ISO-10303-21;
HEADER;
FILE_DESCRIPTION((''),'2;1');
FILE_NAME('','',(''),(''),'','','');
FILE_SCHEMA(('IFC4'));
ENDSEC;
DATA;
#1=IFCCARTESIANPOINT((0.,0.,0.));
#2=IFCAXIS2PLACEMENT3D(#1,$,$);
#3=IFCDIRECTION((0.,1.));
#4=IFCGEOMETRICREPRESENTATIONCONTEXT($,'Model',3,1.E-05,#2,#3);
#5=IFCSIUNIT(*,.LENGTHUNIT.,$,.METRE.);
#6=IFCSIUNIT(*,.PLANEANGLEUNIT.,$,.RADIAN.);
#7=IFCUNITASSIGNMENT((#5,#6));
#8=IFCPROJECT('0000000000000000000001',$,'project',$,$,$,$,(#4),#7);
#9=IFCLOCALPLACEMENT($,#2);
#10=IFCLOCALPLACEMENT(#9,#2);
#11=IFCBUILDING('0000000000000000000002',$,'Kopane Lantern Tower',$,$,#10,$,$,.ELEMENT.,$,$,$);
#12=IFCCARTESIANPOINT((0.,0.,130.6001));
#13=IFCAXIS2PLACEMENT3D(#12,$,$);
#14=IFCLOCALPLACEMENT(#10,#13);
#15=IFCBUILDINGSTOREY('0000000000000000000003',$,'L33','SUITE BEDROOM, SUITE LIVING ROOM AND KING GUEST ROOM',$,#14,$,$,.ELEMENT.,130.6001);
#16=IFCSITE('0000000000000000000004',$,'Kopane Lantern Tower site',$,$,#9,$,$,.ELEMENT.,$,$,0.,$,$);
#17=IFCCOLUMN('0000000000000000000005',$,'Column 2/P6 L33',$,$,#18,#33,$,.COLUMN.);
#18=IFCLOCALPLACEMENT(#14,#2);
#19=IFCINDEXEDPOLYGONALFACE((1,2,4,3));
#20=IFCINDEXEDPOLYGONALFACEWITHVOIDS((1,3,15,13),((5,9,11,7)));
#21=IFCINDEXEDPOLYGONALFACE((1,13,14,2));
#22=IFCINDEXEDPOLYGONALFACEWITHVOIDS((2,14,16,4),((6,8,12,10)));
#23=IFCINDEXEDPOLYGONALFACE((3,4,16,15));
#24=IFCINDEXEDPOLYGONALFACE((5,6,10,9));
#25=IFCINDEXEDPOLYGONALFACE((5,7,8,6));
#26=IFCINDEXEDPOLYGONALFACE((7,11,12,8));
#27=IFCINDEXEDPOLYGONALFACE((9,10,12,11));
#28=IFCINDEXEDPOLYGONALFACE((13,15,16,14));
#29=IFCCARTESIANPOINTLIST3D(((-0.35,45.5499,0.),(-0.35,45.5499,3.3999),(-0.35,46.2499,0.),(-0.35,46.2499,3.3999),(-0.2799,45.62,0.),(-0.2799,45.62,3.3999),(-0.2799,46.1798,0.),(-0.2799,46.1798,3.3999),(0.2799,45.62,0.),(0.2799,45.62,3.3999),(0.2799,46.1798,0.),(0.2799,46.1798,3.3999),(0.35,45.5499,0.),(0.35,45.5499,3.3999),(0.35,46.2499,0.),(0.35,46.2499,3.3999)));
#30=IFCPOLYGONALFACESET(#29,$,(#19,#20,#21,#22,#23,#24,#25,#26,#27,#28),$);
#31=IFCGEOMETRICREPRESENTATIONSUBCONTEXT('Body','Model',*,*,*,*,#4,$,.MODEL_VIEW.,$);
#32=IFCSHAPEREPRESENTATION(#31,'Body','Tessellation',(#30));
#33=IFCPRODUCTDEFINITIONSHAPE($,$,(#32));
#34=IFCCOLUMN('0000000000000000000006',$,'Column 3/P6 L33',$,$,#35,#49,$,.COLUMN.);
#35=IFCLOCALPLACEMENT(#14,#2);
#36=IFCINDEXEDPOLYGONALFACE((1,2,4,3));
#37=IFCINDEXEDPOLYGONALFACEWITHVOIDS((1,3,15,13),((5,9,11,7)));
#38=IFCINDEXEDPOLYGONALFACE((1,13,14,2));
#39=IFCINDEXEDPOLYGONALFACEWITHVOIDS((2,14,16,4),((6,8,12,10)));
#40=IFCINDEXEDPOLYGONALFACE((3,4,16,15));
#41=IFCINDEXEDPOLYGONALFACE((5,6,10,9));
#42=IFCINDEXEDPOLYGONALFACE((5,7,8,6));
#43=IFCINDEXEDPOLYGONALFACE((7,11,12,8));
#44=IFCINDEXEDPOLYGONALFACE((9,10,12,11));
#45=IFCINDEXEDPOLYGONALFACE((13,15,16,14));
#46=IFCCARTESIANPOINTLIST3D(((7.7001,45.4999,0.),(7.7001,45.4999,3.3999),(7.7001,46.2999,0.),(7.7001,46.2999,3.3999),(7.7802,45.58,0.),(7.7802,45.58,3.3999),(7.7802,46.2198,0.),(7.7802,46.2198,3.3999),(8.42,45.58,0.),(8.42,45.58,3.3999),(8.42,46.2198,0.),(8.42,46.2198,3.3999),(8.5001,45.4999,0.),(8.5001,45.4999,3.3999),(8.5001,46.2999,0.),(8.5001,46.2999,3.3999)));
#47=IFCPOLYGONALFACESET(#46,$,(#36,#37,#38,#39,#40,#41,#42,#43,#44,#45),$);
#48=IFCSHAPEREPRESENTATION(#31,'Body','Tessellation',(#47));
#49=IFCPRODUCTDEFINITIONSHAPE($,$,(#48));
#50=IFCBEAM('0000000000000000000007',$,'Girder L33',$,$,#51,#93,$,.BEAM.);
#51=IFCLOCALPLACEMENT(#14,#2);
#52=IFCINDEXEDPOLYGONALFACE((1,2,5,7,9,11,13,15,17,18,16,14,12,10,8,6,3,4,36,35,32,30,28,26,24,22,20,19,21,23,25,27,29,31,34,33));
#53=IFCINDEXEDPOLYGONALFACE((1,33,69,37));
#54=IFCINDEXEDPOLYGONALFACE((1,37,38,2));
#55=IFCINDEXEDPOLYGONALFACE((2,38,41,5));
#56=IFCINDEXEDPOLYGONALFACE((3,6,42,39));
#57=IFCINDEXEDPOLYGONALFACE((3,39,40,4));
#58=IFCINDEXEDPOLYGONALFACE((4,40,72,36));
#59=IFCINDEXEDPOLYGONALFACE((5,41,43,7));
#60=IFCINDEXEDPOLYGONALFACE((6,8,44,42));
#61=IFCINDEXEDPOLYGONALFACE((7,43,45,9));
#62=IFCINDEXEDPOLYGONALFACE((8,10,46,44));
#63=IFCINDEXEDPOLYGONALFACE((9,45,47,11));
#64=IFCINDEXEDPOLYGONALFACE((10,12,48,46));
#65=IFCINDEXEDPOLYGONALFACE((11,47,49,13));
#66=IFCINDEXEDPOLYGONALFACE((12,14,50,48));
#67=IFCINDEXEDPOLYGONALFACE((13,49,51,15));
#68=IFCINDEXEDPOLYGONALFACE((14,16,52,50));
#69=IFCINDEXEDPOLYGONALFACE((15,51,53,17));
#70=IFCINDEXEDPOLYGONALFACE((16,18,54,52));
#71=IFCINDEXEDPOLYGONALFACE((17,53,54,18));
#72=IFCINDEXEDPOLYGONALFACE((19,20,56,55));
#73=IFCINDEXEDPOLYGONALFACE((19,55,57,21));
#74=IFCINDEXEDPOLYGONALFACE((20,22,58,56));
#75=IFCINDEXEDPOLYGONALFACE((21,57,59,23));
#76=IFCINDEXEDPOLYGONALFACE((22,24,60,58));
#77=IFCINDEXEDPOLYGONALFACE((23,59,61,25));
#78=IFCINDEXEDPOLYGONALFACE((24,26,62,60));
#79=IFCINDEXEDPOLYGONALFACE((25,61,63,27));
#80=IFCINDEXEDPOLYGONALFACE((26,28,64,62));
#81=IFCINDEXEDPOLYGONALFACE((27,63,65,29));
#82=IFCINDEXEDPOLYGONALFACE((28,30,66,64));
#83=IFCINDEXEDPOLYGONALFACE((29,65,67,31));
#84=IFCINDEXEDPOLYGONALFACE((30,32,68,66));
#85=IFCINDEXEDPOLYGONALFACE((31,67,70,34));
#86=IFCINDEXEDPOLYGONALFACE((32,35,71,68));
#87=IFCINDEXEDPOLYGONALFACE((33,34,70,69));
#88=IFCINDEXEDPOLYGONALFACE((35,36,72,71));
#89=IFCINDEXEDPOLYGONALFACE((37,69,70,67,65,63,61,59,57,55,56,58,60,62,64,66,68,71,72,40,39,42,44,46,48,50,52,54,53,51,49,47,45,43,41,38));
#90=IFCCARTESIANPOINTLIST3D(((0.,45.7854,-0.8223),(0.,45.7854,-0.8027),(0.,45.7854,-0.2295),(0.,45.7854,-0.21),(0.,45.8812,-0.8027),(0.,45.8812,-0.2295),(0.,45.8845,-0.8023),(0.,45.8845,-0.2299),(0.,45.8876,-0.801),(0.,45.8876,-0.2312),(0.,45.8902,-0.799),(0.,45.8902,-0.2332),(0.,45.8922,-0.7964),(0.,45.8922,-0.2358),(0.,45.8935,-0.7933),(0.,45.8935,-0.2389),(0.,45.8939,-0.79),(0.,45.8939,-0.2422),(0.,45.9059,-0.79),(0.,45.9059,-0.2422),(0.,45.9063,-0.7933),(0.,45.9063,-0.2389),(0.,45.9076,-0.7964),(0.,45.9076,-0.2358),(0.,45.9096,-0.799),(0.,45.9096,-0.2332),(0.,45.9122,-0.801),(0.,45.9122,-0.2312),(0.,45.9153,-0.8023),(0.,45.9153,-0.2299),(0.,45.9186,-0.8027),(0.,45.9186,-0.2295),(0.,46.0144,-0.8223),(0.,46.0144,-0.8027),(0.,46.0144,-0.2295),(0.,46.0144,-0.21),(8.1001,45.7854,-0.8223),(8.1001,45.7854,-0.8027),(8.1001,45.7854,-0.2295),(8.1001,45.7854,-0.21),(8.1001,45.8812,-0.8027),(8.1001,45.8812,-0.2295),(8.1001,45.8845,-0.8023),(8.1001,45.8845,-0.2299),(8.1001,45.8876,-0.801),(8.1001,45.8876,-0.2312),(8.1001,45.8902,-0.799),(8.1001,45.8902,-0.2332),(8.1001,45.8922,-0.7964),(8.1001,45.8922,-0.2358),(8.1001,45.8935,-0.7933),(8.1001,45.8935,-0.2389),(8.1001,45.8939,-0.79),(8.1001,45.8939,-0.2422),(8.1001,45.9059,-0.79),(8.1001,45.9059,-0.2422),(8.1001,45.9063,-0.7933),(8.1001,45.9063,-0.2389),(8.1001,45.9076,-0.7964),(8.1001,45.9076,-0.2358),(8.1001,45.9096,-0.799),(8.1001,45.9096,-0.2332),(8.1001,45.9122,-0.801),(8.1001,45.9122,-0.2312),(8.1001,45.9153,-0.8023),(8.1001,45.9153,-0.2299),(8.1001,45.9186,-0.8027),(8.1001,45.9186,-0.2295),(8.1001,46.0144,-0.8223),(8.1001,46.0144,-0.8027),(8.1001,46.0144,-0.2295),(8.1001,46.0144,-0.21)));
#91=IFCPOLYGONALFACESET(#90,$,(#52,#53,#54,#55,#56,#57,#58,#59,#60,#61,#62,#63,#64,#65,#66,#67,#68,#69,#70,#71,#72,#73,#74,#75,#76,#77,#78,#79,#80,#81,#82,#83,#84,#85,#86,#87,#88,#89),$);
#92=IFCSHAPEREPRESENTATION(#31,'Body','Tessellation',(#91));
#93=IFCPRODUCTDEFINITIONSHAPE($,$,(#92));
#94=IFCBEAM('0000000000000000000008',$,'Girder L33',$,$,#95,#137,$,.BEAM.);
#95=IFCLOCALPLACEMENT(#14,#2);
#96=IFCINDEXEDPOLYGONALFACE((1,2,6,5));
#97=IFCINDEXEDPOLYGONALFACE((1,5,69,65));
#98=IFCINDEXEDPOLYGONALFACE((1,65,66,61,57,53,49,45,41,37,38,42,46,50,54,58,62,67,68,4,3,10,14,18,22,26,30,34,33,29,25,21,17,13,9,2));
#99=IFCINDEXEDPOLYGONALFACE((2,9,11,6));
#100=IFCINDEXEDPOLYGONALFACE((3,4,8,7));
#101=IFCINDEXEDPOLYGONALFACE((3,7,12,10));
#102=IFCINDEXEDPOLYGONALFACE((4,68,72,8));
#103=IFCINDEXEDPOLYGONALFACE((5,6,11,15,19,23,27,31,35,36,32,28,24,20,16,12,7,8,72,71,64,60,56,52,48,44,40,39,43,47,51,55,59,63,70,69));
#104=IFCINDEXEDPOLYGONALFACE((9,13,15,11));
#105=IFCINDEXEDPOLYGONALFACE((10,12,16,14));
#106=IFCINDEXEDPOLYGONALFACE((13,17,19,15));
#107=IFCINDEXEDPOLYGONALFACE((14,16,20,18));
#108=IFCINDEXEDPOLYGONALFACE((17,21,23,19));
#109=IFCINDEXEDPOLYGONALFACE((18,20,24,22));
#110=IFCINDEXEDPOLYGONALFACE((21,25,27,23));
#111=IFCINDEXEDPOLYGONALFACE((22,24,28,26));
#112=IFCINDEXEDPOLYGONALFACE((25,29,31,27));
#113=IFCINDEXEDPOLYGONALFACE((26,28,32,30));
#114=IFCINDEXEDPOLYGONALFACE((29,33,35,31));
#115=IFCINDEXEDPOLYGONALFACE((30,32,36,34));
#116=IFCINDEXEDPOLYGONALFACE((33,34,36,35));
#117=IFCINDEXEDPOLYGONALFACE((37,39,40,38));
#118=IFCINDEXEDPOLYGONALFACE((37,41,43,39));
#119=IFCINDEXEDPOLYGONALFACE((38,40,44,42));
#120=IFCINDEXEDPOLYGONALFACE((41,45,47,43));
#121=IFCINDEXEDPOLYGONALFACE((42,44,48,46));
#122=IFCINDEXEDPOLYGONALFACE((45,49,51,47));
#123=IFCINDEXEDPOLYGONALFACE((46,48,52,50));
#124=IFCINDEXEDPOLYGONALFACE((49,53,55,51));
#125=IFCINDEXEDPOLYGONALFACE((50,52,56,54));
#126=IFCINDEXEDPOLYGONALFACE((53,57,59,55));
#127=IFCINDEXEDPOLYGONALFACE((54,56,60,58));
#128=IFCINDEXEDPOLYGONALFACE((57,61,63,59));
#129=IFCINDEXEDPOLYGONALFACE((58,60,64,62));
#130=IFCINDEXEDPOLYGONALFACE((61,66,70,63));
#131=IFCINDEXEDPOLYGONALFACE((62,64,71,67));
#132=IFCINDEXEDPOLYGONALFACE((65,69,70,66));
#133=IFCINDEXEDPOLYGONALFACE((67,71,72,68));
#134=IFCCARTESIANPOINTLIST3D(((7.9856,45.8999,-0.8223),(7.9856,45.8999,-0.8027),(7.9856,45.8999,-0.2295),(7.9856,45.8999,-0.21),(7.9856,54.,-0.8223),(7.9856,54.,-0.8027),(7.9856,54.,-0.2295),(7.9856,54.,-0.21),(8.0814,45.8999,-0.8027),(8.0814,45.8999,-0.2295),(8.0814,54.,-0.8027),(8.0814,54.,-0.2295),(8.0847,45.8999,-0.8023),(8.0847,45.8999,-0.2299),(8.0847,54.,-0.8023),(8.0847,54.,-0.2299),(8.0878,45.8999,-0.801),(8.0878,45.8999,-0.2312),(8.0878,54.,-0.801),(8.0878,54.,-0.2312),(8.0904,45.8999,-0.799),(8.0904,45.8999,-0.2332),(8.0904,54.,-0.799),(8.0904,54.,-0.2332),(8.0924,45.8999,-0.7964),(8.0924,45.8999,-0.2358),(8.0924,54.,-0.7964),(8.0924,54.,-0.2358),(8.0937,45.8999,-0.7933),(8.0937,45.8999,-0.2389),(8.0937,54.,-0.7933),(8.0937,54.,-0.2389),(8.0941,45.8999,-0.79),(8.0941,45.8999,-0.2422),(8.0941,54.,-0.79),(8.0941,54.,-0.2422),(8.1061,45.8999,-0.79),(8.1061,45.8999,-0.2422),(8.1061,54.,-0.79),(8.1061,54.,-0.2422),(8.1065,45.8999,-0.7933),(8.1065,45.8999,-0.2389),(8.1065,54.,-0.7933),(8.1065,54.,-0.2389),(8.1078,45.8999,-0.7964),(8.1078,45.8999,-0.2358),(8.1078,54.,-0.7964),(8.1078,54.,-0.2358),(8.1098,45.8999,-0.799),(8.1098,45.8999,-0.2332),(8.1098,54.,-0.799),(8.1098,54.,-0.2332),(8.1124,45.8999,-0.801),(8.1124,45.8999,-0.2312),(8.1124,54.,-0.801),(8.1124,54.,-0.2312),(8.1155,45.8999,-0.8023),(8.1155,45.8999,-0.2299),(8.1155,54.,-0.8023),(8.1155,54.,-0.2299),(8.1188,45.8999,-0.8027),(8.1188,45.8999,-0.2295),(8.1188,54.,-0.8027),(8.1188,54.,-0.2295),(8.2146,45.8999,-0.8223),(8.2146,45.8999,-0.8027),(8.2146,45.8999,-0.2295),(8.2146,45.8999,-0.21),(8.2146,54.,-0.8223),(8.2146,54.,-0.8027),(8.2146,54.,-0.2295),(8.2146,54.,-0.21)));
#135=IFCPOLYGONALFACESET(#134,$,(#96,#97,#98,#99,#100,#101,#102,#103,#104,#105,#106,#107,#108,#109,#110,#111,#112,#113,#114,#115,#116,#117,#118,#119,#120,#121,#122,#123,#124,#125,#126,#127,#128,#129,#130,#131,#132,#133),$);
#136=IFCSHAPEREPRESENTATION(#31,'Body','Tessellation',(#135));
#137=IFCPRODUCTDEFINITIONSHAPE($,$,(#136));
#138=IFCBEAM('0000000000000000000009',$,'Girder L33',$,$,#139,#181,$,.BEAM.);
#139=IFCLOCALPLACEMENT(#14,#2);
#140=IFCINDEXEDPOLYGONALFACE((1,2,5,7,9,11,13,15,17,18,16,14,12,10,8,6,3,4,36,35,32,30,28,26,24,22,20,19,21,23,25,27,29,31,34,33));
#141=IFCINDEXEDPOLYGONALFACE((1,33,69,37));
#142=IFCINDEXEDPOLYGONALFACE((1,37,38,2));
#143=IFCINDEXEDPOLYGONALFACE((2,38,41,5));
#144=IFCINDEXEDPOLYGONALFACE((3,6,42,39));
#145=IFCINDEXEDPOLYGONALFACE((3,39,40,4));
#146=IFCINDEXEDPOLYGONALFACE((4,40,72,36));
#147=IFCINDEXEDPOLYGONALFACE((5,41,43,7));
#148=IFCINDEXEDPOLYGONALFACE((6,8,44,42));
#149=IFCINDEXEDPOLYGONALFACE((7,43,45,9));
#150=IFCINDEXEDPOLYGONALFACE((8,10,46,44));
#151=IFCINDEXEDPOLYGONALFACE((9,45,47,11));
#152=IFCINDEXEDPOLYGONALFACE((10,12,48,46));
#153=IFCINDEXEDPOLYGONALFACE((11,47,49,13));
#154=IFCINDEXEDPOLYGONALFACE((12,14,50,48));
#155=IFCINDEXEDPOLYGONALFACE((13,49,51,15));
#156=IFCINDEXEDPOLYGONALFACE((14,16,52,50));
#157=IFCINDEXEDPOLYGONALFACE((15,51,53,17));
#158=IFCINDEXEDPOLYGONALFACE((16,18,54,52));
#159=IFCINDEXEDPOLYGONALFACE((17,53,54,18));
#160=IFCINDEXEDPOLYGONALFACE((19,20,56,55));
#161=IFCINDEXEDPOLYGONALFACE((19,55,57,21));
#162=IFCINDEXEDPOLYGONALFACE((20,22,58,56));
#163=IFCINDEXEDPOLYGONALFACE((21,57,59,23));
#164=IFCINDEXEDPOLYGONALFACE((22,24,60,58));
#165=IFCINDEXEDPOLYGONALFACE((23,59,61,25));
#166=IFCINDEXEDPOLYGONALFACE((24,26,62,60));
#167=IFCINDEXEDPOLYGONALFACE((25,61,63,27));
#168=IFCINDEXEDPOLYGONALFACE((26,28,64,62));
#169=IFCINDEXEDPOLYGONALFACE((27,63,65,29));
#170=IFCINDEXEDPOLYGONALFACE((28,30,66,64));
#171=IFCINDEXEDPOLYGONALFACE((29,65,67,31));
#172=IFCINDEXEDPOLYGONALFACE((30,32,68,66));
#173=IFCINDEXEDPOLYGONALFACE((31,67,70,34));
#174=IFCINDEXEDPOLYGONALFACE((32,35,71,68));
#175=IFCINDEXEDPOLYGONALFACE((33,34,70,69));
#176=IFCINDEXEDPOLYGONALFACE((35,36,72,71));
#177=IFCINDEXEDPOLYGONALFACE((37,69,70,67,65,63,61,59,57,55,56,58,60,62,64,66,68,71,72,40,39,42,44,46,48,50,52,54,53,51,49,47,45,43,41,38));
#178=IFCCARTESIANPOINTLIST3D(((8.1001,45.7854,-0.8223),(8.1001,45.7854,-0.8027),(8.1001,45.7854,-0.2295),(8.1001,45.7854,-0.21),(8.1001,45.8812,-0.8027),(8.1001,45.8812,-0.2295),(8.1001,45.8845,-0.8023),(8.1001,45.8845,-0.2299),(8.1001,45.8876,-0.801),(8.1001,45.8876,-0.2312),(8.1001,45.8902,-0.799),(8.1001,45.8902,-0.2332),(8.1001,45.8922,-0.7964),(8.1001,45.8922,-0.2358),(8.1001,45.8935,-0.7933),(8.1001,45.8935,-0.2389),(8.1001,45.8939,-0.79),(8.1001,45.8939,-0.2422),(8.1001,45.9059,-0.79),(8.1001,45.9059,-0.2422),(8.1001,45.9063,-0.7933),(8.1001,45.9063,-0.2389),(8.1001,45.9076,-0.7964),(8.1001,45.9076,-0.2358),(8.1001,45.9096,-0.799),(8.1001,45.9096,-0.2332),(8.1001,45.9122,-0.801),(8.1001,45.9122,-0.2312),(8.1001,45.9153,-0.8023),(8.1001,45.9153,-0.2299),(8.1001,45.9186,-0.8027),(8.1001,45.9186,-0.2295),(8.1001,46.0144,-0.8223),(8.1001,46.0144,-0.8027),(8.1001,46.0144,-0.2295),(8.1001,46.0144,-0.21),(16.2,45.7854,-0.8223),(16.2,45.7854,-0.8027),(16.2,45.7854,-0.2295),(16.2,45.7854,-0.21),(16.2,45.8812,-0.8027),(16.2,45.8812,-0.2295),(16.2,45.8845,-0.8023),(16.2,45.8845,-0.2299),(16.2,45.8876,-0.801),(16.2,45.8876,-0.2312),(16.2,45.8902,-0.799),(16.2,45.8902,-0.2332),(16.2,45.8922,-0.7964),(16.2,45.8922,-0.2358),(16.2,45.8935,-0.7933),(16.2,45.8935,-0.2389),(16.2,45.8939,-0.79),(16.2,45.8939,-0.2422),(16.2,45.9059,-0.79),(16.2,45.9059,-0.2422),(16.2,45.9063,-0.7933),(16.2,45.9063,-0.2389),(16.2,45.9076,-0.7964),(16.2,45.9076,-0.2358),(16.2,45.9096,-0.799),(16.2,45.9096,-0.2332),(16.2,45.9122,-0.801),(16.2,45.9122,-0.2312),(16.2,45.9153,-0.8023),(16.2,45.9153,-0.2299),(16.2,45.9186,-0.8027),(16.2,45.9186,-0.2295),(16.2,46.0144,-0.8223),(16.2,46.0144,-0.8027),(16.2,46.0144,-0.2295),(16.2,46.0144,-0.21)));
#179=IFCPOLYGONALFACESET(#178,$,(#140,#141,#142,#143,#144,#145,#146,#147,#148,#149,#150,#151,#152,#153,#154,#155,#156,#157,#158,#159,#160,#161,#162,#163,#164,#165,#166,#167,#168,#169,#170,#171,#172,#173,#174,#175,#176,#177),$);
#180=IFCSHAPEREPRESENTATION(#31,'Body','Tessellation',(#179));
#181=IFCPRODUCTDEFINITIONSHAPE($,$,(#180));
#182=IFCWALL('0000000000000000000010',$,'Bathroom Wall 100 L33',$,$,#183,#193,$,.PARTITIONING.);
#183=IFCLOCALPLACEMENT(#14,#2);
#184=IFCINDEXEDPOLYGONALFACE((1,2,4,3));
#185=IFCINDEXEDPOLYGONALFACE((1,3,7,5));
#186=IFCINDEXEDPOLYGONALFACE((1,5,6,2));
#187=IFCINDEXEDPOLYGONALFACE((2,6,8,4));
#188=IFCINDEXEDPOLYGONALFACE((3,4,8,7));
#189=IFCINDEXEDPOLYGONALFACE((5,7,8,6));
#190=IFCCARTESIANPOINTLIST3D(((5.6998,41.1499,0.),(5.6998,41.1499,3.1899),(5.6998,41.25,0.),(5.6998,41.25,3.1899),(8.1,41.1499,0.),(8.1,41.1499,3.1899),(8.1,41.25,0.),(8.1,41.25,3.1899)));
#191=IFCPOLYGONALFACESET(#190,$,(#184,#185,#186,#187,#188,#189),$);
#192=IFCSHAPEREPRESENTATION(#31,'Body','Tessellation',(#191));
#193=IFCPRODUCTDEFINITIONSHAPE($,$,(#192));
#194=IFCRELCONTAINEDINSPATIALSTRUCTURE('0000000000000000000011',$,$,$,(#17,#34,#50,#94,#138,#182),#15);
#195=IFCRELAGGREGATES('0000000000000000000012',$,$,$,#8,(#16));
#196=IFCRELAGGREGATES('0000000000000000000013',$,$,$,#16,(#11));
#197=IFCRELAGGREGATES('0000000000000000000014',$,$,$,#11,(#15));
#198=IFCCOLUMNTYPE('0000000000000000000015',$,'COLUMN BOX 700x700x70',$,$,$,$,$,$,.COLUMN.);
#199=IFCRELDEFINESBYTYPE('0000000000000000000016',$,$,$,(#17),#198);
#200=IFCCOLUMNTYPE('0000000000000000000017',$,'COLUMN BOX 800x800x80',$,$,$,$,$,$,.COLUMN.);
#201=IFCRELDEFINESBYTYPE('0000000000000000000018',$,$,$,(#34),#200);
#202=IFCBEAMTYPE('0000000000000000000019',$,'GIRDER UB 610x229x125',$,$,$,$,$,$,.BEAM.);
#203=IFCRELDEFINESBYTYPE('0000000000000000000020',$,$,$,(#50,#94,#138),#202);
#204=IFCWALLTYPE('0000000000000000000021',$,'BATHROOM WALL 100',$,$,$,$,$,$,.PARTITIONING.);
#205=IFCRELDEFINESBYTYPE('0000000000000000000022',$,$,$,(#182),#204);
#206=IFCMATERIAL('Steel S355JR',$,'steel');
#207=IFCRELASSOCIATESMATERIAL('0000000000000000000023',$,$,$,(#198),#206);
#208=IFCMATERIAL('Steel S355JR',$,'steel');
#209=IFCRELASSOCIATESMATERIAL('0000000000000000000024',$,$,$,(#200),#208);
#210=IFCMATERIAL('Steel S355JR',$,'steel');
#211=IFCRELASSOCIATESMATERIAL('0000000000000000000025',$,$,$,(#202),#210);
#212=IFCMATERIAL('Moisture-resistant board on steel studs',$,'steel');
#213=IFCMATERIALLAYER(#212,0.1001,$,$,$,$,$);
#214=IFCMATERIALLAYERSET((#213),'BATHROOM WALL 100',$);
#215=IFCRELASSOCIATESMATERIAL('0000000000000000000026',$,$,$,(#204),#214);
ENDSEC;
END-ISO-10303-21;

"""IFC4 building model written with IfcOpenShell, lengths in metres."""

from ifc_helpers import new_model, si_unit, direction, frame, frame_2d, origin, origin_2d, place, context, subcontext, project, spatial, rectangle, hollow_rectangle, i_section, extrude, material, layer, layer_set, material_profile, profile_set, type_object, element, save


model = new_model("IFC4")

# Units and contexts
model_context = context("Model", 3, precision=1e-05, world=origin(), true_north=direction((0.0, 1.0)))
body_context = subcontext(model_context, "Body", "Model", "MODEL_VIEW")
ifc_project = project(units=[si_unit("LENGTHUNIT", "METRE"), si_unit("PLANEANGLEUNIT", "RADIAN")], contexts=[model_context])

# Site, building, storey
site_placement = place(None, origin())
site = spatial("IfcSite", under=ifc_project, at=site_placement, Name="Kopane Lantern Tower site", CompositionType="ELEMENT", RefElevation=0.0)
building_placement = place(site_placement, origin())
building = spatial("IfcBuilding", under=site, at=building_placement, Name="Kopane Lantern Tower", CompositionType="ELEMENT")
storey_placement = place(building_placement, frame((0.0, 0.0, 130.6001)))
storey = spatial("IfcBuildingStorey", under=building, at=storey_placement, Name="L33", Description="SUITE BEDROOM, SUITE LIVING ROOM AND KING GUEST ROOM", CompositionType="ELEMENT", Elevation=130.6001)

# Columns
ifc_material_1 = material(Name="Steel S355JR", Category="steel")
ifc_material_profile_1 = material_profile(ifc_material_1, hollow_rectangle(XDim=0.7, YDim=0.7, WallThickness=0.0701, at=origin_2d()), Name="BOX 700x700x70")
ifc_profile_set_1 = profile_set([ifc_material_profile_1], Name="Steel S355JR")
column_type_1 = type_object("IfcColumnType", Name="COLUMN BOX 700x700x70", PredefinedType="COLUMN", material=ifc_profile_set_1)
column_1_placement = place(storey_placement, frame((0.0, 45.8999, 0.0), z_axis=(0.0, 0.0, 1.0), x_axis=(1.0, 0.0, 0.0)))
element("IfcColumn", 1, at=column_1_placement, inside=storey, type_object=column_type_1, Name="Column 2/P6 L33", PredefinedType="COLUMN", context=body_context, shape_type="SweptSolid", body=[
    extrude(hollow_rectangle(XDim=0.7, YDim=0.7, WallThickness=0.0701, at=origin_2d()), origin(), (0.0, 0.0, 1.0), 3.3999),
])
ifc_material_2 = material(Name="Steel S355JR", Category="steel")
ifc_material_profile_2 = material_profile(ifc_material_2, hollow_rectangle(XDim=0.8, YDim=0.8, WallThickness=0.0801, at=origin_2d()), Name="BOX 800x800x80")
ifc_profile_set_2 = profile_set([ifc_material_profile_2], Name="Steel S355JR")
column_type_2 = type_object("IfcColumnType", Name="COLUMN BOX 800x800x80", PredefinedType="COLUMN", material=ifc_profile_set_2)
column_2_placement = place(storey_placement, frame((8.1001, 45.8999, 0.0), z_axis=(0.0, 0.0, 1.0), x_axis=(1.0, 0.0, 0.0)))
element("IfcColumn", 2, at=column_2_placement, inside=storey, type_object=column_type_2, Name="Column 3/P6 L33", PredefinedType="COLUMN", context=body_context, shape_type="SweptSolid", body=[
    extrude(hollow_rectangle(XDim=0.8, YDim=0.8, WallThickness=0.0801, at=origin_2d()), origin(), (0.0, 0.0, 1.0), 3.3999),
])

# Beams
ifc_material_3 = material(Name="Steel S355JR", Category="steel")
ifc_material_profile_3 = material_profile(ifc_material_3, i_section(OverallWidth=0.229, OverallDepth=0.6123, WebThickness=0.012, FlangeThickness=0.0195, FilletRadius=0.0127, at=origin_2d()), Name="UB 610x229x125")
ifc_profile_set_3 = profile_set([ifc_material_profile_3], Name="Steel S355JR")
beam_type = type_object("IfcBeamType", Name="GIRDER UB 610x229x125", PredefinedType="BEAM", material=ifc_profile_set_3)
for number, where, z_axis, x_axis, name in (
    (3, (0.0, 45.8999, -0.5161), (1.0, 0.0, 0.0), (0.0, 1.0, 0.0), "Girder L33"),
    (4, (8.1001, 45.8999, -0.5161), (0.0, 1.0, 0.0), (-1.0, 0.0, 0.0), "Girder L33"),
):
    element("IfcBeam", number, at=place(storey_placement, frame(where, z_axis=z_axis, x_axis=x_axis)), inside=storey, type_object=beam_type, Name=name, PredefinedType="BEAM", context=body_context, shape_type="SweptSolid", body=[
        extrude(i_section(OverallWidth=0.229, OverallDepth=0.6123, WebThickness=0.012, FlangeThickness=0.0195, FilletRadius=0.0127, at=origin_2d()), origin(), (0.0, 0.0, 1.0), 8.1001),
    ])
beam_placement = place(storey_placement, frame((8.1001, 45.8999, -0.5161), z_axis=(1.0, 0.0, 0.0), x_axis=(0.0, 1.0, 0.0)))
element("IfcBeam", 5, at=beam_placement, inside=storey, type_object=beam_type, Name="Girder L33", PredefinedType="BEAM", context=body_context, shape_type="SweptSolid", body=[
    extrude(i_section(OverallWidth=0.229, OverallDepth=0.6123, WebThickness=0.012, FlangeThickness=0.0195, FilletRadius=0.0127, at=origin_2d()), origin(), (0.0, 0.0, 1.0), 8.0999),
])

# Wall
ifc_material_4 = material(Name="Moisture-resistant board on steel studs", Category="steel")
ifc_layer_1 = layer(ifc_material_4, 0.1001)
ifc_layer_set_1 = layer_set([ifc_layer_1], Name="BATHROOM WALL 100")
wall_type_1 = type_object("IfcWallType", Name="BATHROOM WALL 100", PredefinedType="PARTITIONING", material=ifc_layer_set_1)
for number, where, z_axis, x_axis, name in (
    (6, (8.1001, 41.2, 0.0), (0.0, 0.0, 1.0), (-1.0, 0.0, 0.0), "Bathroom Wall 100 L33"),
):
    element("IfcWall", number, at=place(storey_placement, frame(where, z_axis=z_axis, x_axis=x_axis)), inside=storey, type_object=wall_type_1, Name=name, PredefinedType="PARTITIONING", context=body_context, shape_type="SweptSolid", body=[
        extrude(rectangle(XDim=2.4001, YDim=0.1001, at=frame_2d((1.2002, 0.0))), origin(), (0.0, 0.0, 1.0), 3.1899),
    ])

save(model, "model.ifc")
